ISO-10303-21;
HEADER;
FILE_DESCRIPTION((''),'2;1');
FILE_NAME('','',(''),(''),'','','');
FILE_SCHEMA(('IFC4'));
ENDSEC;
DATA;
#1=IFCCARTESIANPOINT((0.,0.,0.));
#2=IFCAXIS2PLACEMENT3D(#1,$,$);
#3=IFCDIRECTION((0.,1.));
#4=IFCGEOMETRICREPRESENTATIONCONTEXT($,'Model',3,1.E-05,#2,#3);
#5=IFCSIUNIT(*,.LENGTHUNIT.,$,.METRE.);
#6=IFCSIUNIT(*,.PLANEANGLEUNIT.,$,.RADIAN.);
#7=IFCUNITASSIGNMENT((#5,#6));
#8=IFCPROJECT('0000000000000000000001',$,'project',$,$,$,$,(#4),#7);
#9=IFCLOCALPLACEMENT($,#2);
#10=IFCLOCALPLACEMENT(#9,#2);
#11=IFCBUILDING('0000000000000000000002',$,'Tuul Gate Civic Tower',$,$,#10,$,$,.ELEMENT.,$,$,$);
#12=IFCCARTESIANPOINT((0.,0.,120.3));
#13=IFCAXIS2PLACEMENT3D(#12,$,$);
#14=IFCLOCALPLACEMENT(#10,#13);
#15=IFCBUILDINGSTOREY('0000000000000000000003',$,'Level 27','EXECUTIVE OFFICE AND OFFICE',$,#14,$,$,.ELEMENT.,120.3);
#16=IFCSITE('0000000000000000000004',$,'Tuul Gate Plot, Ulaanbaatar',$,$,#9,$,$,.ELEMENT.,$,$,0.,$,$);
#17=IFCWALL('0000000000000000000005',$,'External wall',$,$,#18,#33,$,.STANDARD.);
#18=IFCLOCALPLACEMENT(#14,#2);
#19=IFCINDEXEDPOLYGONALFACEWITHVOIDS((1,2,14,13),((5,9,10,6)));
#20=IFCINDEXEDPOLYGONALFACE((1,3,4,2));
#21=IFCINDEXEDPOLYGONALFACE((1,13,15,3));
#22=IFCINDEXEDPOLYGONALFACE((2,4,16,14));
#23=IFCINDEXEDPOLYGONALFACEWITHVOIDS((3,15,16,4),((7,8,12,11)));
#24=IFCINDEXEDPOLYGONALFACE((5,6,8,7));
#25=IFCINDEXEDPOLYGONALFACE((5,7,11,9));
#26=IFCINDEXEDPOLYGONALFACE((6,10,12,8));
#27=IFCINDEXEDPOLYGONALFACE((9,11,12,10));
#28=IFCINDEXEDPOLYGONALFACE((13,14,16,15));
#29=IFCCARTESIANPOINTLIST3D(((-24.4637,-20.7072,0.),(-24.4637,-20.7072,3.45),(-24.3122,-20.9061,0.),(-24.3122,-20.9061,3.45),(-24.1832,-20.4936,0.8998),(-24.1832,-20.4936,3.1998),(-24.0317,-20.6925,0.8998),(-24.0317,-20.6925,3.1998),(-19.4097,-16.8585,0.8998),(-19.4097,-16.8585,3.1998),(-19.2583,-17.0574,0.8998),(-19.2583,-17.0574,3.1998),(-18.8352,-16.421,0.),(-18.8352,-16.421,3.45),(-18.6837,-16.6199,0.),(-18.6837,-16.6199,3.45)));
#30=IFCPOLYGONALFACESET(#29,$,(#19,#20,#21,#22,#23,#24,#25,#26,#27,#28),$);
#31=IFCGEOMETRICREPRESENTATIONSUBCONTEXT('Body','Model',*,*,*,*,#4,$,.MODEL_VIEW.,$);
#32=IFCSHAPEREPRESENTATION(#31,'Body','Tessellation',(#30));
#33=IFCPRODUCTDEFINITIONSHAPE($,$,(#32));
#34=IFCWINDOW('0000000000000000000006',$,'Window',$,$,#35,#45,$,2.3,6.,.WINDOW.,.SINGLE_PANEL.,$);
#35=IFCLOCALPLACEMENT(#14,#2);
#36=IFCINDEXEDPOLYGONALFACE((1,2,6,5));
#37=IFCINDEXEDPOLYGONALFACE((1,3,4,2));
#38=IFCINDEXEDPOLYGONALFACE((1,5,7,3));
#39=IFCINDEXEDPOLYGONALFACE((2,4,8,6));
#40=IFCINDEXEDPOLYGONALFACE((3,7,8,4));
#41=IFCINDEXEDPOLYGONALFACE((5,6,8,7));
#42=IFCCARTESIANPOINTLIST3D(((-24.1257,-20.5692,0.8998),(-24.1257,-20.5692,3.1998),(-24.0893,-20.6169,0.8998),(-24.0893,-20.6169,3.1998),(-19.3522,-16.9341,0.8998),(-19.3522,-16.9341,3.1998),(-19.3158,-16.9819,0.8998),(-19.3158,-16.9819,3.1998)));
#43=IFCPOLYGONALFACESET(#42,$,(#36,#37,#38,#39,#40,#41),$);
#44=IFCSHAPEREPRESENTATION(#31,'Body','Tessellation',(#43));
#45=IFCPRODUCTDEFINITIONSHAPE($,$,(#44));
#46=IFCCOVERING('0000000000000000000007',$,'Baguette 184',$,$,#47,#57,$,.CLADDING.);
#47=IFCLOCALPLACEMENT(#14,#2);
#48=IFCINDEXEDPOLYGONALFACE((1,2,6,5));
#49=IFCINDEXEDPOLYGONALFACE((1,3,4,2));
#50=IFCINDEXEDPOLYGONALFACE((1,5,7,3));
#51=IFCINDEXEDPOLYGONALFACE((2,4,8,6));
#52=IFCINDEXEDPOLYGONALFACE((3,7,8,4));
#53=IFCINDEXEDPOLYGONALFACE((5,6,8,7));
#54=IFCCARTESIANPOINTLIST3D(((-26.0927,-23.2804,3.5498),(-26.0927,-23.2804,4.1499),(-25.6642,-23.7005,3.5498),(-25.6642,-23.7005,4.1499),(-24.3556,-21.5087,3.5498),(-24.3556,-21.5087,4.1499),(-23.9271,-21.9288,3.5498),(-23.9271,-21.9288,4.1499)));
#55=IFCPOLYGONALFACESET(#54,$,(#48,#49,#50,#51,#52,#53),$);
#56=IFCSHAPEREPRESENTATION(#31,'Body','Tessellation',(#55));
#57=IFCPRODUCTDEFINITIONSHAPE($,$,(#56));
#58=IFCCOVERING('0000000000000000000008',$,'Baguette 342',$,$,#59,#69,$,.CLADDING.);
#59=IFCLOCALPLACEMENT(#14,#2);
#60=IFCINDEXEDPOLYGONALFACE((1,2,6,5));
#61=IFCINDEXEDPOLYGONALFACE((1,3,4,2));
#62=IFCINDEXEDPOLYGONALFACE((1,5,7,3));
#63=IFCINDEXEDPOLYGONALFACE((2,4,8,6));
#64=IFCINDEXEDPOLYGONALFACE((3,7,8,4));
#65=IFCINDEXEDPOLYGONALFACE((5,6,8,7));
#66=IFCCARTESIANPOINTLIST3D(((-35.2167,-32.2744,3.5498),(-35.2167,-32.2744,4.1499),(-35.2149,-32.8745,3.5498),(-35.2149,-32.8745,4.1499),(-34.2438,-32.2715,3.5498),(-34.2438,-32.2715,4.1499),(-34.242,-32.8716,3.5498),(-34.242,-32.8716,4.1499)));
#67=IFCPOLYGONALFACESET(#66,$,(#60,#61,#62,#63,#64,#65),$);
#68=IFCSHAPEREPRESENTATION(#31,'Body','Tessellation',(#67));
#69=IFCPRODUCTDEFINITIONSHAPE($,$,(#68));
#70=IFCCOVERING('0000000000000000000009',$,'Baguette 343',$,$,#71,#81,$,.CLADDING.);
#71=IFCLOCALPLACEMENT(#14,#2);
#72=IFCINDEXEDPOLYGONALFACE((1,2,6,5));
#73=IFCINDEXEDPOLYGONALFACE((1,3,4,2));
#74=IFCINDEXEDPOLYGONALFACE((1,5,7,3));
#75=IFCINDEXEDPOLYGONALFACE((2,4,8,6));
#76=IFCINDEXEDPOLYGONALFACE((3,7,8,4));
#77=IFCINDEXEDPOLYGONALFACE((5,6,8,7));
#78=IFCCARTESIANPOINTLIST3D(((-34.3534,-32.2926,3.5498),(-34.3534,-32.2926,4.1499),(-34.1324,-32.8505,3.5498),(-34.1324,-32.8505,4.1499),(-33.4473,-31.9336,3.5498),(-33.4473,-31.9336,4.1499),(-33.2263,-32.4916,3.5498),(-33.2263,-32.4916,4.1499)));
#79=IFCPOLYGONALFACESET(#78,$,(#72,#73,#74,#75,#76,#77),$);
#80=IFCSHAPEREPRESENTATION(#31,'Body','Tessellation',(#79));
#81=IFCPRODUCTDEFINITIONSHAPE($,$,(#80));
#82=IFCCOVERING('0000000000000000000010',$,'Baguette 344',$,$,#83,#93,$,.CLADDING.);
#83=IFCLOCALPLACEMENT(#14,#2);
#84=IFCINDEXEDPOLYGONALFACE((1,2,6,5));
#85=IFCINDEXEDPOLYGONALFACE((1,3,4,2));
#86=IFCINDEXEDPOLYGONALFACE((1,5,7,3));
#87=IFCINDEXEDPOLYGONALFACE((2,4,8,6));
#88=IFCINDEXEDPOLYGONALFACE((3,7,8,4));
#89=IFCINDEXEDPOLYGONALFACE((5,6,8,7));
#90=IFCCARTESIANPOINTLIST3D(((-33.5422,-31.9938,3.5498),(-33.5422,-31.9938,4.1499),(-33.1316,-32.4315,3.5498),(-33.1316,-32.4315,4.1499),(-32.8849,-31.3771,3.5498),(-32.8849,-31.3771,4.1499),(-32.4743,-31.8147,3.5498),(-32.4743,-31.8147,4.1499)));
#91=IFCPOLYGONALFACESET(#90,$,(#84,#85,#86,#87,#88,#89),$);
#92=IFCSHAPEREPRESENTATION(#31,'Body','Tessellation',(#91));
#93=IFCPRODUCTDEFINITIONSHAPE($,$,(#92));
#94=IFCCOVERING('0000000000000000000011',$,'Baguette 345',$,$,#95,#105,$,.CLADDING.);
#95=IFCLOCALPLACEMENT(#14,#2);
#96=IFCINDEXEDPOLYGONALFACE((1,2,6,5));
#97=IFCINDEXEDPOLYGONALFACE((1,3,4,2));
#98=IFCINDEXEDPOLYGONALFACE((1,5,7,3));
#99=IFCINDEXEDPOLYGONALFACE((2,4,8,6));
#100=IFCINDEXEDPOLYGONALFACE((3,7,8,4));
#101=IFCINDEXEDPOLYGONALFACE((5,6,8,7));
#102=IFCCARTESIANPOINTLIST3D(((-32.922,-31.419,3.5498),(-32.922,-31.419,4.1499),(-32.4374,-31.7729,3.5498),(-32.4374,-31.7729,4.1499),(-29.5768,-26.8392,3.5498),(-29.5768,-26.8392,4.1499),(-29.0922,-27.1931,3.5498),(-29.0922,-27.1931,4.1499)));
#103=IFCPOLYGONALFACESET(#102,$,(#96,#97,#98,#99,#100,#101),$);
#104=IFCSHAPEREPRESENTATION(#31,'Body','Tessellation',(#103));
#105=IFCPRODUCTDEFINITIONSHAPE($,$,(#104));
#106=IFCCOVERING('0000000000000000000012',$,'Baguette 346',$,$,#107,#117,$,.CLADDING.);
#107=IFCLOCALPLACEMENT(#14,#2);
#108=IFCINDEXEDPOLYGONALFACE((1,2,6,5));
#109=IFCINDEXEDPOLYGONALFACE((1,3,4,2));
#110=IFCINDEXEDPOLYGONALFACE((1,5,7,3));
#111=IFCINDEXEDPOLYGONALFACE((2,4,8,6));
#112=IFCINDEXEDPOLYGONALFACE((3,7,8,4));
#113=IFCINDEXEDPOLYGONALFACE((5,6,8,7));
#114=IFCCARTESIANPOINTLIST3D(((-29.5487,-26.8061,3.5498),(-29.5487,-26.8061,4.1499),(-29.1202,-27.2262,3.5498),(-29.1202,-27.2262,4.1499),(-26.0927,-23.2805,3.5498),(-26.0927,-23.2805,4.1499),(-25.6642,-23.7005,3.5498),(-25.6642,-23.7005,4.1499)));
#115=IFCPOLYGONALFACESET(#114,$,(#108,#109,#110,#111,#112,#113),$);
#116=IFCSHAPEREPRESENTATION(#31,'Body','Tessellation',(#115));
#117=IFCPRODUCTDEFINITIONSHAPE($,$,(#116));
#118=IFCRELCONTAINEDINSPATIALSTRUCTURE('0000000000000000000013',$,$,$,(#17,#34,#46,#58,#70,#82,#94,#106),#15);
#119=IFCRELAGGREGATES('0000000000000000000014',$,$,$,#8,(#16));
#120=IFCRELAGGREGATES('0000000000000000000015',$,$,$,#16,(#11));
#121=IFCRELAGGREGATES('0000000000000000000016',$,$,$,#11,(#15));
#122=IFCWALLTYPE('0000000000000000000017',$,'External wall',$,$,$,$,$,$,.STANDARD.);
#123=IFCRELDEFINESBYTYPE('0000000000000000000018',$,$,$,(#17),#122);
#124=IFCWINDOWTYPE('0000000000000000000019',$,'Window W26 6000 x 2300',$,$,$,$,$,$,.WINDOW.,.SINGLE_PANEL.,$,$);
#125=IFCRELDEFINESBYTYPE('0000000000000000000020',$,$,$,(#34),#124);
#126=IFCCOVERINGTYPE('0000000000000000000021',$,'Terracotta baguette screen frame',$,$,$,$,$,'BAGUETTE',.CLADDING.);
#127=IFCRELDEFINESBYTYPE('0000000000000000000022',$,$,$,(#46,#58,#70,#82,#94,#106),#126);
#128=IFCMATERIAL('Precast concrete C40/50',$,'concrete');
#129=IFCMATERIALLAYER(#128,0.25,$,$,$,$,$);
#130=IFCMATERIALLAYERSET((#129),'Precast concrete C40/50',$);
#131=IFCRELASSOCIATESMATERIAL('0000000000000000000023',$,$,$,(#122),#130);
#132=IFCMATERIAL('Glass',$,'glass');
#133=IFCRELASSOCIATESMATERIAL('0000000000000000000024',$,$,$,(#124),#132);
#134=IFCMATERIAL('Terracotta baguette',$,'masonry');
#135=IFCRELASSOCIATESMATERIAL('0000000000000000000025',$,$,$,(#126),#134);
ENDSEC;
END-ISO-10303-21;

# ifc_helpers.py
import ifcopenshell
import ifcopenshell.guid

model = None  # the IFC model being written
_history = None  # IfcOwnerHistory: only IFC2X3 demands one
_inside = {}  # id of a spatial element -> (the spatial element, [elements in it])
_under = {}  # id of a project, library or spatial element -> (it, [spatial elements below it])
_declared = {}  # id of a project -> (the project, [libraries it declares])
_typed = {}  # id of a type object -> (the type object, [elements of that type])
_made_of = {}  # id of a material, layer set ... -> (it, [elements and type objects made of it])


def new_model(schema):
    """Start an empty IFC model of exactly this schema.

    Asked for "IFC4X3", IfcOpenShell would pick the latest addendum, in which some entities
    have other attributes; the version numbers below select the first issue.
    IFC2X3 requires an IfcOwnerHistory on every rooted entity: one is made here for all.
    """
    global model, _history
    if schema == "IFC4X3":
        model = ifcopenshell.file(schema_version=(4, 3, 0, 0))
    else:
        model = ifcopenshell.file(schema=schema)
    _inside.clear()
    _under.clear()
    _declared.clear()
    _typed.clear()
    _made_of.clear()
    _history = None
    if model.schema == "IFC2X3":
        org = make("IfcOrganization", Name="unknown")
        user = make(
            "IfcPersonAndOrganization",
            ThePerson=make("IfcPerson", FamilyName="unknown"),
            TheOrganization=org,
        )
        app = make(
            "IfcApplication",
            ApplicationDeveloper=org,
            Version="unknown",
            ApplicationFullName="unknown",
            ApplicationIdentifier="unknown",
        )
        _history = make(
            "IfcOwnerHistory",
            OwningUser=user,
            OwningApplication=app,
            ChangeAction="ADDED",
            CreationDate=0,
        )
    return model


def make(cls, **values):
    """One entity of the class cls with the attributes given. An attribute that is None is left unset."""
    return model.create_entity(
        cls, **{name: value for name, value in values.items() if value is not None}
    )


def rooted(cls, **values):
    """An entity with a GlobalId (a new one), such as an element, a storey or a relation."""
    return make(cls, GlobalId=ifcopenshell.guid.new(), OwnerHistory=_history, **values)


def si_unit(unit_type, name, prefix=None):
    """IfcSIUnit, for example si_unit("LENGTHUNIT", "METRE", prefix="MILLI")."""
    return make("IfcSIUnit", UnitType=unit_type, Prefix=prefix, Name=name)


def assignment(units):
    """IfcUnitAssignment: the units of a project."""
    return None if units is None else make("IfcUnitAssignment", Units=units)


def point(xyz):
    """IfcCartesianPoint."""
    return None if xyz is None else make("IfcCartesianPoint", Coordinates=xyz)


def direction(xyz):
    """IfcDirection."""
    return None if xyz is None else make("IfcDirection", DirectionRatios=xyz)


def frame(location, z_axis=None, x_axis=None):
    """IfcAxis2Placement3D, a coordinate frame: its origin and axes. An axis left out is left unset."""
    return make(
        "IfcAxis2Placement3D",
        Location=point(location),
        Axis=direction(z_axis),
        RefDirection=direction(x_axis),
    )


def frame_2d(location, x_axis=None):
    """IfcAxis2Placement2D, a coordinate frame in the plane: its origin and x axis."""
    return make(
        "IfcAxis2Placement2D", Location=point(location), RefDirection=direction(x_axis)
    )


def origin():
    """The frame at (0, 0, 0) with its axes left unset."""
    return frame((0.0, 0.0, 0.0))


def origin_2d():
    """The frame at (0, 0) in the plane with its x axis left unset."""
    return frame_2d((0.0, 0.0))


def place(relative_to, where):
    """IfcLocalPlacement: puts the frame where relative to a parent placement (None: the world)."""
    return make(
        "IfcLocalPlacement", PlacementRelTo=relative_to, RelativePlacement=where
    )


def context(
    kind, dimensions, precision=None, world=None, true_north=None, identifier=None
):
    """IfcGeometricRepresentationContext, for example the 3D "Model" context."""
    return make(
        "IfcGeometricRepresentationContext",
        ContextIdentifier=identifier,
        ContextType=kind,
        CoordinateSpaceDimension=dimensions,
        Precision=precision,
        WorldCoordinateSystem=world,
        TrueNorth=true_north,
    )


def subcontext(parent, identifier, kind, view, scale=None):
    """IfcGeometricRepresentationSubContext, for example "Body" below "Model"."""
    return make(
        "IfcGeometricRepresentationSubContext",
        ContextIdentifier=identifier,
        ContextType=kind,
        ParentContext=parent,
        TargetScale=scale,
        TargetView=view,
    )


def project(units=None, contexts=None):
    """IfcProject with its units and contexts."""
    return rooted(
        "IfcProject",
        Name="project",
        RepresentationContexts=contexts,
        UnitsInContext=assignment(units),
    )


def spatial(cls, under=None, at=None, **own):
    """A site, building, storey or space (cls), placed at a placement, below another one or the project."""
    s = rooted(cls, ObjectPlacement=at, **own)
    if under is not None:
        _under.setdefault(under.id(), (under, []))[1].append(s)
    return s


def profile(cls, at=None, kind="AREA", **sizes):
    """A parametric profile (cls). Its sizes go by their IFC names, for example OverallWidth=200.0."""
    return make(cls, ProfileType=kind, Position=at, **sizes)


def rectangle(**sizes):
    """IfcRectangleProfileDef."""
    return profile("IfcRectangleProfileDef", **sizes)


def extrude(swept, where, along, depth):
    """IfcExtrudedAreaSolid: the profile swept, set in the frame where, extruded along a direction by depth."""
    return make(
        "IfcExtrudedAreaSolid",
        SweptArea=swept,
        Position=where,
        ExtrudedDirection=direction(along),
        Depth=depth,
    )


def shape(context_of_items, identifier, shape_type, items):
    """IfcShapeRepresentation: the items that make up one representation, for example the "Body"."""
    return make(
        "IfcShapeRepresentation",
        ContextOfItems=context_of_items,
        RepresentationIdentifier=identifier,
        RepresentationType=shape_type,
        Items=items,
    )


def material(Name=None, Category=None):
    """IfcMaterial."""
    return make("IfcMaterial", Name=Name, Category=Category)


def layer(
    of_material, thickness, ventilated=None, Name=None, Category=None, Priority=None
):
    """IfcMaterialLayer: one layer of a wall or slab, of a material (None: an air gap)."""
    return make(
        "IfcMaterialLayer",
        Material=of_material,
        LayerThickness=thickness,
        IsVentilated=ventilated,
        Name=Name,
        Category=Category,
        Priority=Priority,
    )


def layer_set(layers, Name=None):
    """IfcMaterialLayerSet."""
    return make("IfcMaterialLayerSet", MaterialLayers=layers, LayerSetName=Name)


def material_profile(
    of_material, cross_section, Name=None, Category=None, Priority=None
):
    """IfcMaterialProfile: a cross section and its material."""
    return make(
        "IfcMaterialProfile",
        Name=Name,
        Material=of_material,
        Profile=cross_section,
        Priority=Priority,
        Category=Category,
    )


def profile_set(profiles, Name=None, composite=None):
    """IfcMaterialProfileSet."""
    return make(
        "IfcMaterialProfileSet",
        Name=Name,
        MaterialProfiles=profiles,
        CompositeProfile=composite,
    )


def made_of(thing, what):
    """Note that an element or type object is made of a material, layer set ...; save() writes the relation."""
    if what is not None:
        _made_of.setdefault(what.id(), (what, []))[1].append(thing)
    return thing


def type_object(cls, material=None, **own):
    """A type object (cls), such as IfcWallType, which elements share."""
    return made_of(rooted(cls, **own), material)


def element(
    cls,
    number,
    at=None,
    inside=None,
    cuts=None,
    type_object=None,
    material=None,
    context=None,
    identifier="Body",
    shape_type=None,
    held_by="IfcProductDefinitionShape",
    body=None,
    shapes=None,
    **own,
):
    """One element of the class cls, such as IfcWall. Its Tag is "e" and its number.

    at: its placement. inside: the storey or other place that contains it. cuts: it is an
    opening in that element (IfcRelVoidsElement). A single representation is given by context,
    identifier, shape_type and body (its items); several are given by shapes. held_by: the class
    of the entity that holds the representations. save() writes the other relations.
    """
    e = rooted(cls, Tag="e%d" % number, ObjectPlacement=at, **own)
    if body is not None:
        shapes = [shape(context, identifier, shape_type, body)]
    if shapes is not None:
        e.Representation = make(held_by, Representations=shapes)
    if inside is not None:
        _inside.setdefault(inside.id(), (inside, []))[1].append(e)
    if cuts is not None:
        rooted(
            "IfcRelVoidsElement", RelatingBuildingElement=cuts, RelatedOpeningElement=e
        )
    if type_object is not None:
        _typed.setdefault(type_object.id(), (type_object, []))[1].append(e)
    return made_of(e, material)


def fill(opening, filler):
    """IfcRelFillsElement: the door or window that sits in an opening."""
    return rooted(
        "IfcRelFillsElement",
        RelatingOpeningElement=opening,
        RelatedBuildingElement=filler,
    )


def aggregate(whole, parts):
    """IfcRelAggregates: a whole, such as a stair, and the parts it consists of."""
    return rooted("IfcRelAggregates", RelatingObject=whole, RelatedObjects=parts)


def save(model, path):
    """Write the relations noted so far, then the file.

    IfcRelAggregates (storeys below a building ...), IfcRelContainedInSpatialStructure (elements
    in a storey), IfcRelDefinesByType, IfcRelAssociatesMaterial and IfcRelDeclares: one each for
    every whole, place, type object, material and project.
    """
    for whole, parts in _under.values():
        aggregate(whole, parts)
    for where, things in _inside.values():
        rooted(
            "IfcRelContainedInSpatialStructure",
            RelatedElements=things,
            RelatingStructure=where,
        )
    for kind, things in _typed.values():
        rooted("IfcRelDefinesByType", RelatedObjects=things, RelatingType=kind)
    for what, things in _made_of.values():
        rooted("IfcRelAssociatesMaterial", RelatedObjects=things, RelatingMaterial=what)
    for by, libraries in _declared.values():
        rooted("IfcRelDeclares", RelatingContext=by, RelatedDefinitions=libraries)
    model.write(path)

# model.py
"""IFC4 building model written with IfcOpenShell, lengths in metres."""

from ifc_helpers import new_model, si_unit, direction, frame, frame_2d, origin, origin_2d, place, context, subcontext, project, spatial, rectangle, extrude, material, layer, layer_set, material_profile, profile_set, type_object, element, fill, save


model = new_model("IFC4")

# Units and contexts
model_context = context("Model", 3, precision=1e-05, world=origin(), true_north=direction((0.0, 1.0)))
body_context = subcontext(model_context, "Body", "Model", "MODEL_VIEW")
ifc_project = project(units=[si_unit("LENGTHUNIT", "METRE"), si_unit("PLANEANGLEUNIT", "RADIAN")], contexts=[model_context])

# Site, building, storey
site_placement = place(None, origin())
site = spatial("IfcSite", under=ifc_project, at=site_placement, Name="Tuul Gate Plot, Ulaanbaatar", CompositionType="ELEMENT", RefElevation=0.0)
building_placement = place(site_placement, origin())
building = spatial("IfcBuilding", under=site, at=building_placement, Name="Tuul Gate Civic Tower", CompositionType="ELEMENT")
storey_placement = place(building_placement, frame((0.0, 0.0, 120.3)))
storey = spatial("IfcBuildingStorey", under=building, at=storey_placement, Name="Level 27", Description="EXECUTIVE OFFICE AND OFFICE", CompositionType="ELEMENT", Elevation=120.3)

# Wall, opening, window
ifc_material_1 = material(Name="Precast concrete C40/50", Category="concrete")
ifc_layer_1 = layer(ifc_material_1, 0.25)
ifc_layer_set_1 = layer_set([ifc_layer_1], Name="Precast concrete C40/50")
wall_type_1 = type_object("IfcWallType", Name="External wall", PredefinedType="STANDARD", material=ifc_layer_set_1)
ifc_material_2 = material(Name="Glass", Category="glass")
window_type_1 = type_object("IfcWindowType", Name="Window W26 6000 x 2300", PartitioningType="SINGLE_PANEL", PredefinedType="WINDOW", material=ifc_material_2)
wall_1_placement = place(storey_placement, frame((-24.3879, -20.8066, 0.0), z_axis=(0.0, 0.0, 1.0), x_axis=(0.795581, 0.605848, 0.0)))
wall_1 = element("IfcWall", 1, at=wall_1_placement, inside=storey, type_object=wall_type_1, Name="External wall", PredefinedType="STANDARD", context=body_context, shape_type="SweptSolid", body=[
    extrude(rectangle(XDim=7.0747, YDim=0.25, at=frame_2d((3.5374, 0.0))), origin(), (0.0, 0.0, 1.0), 3.45),
])
opening_1_placement = place(wall_1_placement, frame((0.3525, 0.0, 0.8999)))
opening_1 = element("IfcOpeningElement", 2, at=opening_1_placement, cuts=wall_1, PredefinedType="OPENING", context=body_context, shape_type="SweptSolid", body=[
    extrude(rectangle(XDim=6.0, YDim=2.3, at=frame_2d((3.0, 1.1499))), frame((0.0, 0.135, 0.0), z_axis=(0.0, -1.0, 0.0), x_axis=(1.0, 0.0, 0.0)), (0.0, 0.0, 1.0), 0.27),
])
window_1_placement = place(opening_1_placement, origin())
window_1 = element("IfcWindow", 3, at=window_1_placement, inside=storey, type_object=window_type_1, Name="Window", OverallHeight=2.3, OverallWidth=6.0, PartitioningType="SINGLE_PANEL", PredefinedType="WINDOW", context=body_context, shape_type="SweptSolid", body=[
    extrude(rectangle(XDim=6.0, YDim=2.3, at=frame_2d((3.0, 1.1499))), frame((0.0, 0.03, 0.0), z_axis=(0.0, -1.0, 0.0), x_axis=(1.0, 0.0, 0.0)), (0.0, 0.0, 1.0), 0.0601),
])
fill(opening_1, window_1)

# Coverings
ifc_material_3 = material(Name="Terracotta baguette", Category="masonry")
ifc_material_profile_1 = material_profile(ifc_material_3, rectangle(XDim=0.6001, YDim=0.6001, at=origin_2d()), Name="Terracotta baguette screen frame")
ifc_profile_set_1 = profile_set([ifc_material_profile_1], Name="Terracotta baguette")
covering_type = type_object("IfcCoveringType", Name="Terracotta baguette screen frame", ElementType="BAGUETTE", PredefinedType="CLADDING", material=ifc_profile_set_1)
covering_1_placement = place(storey_placement, frame((-25.8784, -23.4905, 3.8499), z_axis=(0.700086, 0.714058, 0.0), x_axis=(-0.714058, 0.700086, 0.0)))
element("IfcCovering", 4, at=covering_1_placement, inside=storey, type_object=covering_type, Name="Baguette 184", PredefinedType="CLADDING", context=body_context, shape_type="SweptSolid", body=[
    extrude(rectangle(XDim=0.6001, YDim=0.6001, at=origin_2d()), origin(), (0.0, 0.0, 1.0), 2.4812),
])
covering_2_placement = place(storey_placement, frame((-35.2158, -32.5745, 3.8499), z_axis=(0.999995, 0.003011, 0.0), x_axis=(-0.003011, 0.999995, 0.0)))
element("IfcCovering", 5, at=covering_2_placement, inside=storey, type_object=covering_type, Name="Baguette 342", PredefinedType="CLADDING", context=body_context, shape_type="SweptSolid", body=[
    extrude(rectangle(XDim=0.6001, YDim=0.6001, at=origin_2d()), origin(), (0.0, 0.0, 1.0), 0.9729),
])
covering_3_placement = place(storey_placement, frame((-34.2429, -32.5715, 3.8499), z_axis=(0.929715, 0.368279, 0.0), x_axis=(-0.368279, 0.929715, 0.0)))
element("IfcCovering", 6, at=covering_3_placement, inside=storey, type_object=covering_type, Name="Baguette 343", PredefinedType="CLADDING", context=body_context, shape_type="SweptSolid", body=[
    extrude(rectangle(XDim=0.6001, YDim=0.6001, at=origin_2d()), origin(), (0.0, 0.0, 1.0), 0.9746),
])
covering_4_placement = place(storey_placement, frame((-33.3369, -32.2126, 3.8499), z_axis=(0.729233, 0.684265, 0.0), x_axis=(-0.684265, 0.729233, 0.0)))
element("IfcCovering", 7, at=covering_4_placement, inside=storey, type_object=covering_type, Name="Baguette 344", PredefinedType="CLADDING", context=body_context, shape_type="SweptSolid", body=[
    extrude(rectangle(XDim=0.6001, YDim=0.6001, at=origin_2d()), origin(), (0.0, 0.0, 1.0), 0.9014),
])
covering_5_placement = place(storey_placement, frame((-32.6797, -31.5959, 3.8499), z_axis=(0.589834, 0.807524, 0.0), x_axis=(-0.807524, 0.589834, 0.0)))
element("IfcCovering", 8, at=covering_5_placement, inside=storey, type_object=covering_type, Name="Baguette 345", PredefinedType="CLADDING", context=body_context, shape_type="SweptSolid", body=[
    extrude(rectangle(XDim=0.6001, YDim=0.6001, at=origin_2d()), origin(), (0.0, 0.0, 1.0), 5.6714),
])
covering_6_placement = place(storey_placement, frame((-29.3345, -27.0161, 3.8499), z_axis=(0.700025, 0.714118, 0.0), x_axis=(-0.714118, 0.700025, 0.0)))
element("IfcCovering", 9, at=covering_6_placement, inside=storey, type_object=covering_type, Name="Baguette 346", PredefinedType="CLADDING", context=body_context, shape_type="SweptSolid", body=[
    extrude(rectangle(XDim=0.6001, YDim=0.6001, at=origin_2d()), origin(), (0.0, 0.0, 1.0), 4.937),
])

save(model, "model.ifc")
